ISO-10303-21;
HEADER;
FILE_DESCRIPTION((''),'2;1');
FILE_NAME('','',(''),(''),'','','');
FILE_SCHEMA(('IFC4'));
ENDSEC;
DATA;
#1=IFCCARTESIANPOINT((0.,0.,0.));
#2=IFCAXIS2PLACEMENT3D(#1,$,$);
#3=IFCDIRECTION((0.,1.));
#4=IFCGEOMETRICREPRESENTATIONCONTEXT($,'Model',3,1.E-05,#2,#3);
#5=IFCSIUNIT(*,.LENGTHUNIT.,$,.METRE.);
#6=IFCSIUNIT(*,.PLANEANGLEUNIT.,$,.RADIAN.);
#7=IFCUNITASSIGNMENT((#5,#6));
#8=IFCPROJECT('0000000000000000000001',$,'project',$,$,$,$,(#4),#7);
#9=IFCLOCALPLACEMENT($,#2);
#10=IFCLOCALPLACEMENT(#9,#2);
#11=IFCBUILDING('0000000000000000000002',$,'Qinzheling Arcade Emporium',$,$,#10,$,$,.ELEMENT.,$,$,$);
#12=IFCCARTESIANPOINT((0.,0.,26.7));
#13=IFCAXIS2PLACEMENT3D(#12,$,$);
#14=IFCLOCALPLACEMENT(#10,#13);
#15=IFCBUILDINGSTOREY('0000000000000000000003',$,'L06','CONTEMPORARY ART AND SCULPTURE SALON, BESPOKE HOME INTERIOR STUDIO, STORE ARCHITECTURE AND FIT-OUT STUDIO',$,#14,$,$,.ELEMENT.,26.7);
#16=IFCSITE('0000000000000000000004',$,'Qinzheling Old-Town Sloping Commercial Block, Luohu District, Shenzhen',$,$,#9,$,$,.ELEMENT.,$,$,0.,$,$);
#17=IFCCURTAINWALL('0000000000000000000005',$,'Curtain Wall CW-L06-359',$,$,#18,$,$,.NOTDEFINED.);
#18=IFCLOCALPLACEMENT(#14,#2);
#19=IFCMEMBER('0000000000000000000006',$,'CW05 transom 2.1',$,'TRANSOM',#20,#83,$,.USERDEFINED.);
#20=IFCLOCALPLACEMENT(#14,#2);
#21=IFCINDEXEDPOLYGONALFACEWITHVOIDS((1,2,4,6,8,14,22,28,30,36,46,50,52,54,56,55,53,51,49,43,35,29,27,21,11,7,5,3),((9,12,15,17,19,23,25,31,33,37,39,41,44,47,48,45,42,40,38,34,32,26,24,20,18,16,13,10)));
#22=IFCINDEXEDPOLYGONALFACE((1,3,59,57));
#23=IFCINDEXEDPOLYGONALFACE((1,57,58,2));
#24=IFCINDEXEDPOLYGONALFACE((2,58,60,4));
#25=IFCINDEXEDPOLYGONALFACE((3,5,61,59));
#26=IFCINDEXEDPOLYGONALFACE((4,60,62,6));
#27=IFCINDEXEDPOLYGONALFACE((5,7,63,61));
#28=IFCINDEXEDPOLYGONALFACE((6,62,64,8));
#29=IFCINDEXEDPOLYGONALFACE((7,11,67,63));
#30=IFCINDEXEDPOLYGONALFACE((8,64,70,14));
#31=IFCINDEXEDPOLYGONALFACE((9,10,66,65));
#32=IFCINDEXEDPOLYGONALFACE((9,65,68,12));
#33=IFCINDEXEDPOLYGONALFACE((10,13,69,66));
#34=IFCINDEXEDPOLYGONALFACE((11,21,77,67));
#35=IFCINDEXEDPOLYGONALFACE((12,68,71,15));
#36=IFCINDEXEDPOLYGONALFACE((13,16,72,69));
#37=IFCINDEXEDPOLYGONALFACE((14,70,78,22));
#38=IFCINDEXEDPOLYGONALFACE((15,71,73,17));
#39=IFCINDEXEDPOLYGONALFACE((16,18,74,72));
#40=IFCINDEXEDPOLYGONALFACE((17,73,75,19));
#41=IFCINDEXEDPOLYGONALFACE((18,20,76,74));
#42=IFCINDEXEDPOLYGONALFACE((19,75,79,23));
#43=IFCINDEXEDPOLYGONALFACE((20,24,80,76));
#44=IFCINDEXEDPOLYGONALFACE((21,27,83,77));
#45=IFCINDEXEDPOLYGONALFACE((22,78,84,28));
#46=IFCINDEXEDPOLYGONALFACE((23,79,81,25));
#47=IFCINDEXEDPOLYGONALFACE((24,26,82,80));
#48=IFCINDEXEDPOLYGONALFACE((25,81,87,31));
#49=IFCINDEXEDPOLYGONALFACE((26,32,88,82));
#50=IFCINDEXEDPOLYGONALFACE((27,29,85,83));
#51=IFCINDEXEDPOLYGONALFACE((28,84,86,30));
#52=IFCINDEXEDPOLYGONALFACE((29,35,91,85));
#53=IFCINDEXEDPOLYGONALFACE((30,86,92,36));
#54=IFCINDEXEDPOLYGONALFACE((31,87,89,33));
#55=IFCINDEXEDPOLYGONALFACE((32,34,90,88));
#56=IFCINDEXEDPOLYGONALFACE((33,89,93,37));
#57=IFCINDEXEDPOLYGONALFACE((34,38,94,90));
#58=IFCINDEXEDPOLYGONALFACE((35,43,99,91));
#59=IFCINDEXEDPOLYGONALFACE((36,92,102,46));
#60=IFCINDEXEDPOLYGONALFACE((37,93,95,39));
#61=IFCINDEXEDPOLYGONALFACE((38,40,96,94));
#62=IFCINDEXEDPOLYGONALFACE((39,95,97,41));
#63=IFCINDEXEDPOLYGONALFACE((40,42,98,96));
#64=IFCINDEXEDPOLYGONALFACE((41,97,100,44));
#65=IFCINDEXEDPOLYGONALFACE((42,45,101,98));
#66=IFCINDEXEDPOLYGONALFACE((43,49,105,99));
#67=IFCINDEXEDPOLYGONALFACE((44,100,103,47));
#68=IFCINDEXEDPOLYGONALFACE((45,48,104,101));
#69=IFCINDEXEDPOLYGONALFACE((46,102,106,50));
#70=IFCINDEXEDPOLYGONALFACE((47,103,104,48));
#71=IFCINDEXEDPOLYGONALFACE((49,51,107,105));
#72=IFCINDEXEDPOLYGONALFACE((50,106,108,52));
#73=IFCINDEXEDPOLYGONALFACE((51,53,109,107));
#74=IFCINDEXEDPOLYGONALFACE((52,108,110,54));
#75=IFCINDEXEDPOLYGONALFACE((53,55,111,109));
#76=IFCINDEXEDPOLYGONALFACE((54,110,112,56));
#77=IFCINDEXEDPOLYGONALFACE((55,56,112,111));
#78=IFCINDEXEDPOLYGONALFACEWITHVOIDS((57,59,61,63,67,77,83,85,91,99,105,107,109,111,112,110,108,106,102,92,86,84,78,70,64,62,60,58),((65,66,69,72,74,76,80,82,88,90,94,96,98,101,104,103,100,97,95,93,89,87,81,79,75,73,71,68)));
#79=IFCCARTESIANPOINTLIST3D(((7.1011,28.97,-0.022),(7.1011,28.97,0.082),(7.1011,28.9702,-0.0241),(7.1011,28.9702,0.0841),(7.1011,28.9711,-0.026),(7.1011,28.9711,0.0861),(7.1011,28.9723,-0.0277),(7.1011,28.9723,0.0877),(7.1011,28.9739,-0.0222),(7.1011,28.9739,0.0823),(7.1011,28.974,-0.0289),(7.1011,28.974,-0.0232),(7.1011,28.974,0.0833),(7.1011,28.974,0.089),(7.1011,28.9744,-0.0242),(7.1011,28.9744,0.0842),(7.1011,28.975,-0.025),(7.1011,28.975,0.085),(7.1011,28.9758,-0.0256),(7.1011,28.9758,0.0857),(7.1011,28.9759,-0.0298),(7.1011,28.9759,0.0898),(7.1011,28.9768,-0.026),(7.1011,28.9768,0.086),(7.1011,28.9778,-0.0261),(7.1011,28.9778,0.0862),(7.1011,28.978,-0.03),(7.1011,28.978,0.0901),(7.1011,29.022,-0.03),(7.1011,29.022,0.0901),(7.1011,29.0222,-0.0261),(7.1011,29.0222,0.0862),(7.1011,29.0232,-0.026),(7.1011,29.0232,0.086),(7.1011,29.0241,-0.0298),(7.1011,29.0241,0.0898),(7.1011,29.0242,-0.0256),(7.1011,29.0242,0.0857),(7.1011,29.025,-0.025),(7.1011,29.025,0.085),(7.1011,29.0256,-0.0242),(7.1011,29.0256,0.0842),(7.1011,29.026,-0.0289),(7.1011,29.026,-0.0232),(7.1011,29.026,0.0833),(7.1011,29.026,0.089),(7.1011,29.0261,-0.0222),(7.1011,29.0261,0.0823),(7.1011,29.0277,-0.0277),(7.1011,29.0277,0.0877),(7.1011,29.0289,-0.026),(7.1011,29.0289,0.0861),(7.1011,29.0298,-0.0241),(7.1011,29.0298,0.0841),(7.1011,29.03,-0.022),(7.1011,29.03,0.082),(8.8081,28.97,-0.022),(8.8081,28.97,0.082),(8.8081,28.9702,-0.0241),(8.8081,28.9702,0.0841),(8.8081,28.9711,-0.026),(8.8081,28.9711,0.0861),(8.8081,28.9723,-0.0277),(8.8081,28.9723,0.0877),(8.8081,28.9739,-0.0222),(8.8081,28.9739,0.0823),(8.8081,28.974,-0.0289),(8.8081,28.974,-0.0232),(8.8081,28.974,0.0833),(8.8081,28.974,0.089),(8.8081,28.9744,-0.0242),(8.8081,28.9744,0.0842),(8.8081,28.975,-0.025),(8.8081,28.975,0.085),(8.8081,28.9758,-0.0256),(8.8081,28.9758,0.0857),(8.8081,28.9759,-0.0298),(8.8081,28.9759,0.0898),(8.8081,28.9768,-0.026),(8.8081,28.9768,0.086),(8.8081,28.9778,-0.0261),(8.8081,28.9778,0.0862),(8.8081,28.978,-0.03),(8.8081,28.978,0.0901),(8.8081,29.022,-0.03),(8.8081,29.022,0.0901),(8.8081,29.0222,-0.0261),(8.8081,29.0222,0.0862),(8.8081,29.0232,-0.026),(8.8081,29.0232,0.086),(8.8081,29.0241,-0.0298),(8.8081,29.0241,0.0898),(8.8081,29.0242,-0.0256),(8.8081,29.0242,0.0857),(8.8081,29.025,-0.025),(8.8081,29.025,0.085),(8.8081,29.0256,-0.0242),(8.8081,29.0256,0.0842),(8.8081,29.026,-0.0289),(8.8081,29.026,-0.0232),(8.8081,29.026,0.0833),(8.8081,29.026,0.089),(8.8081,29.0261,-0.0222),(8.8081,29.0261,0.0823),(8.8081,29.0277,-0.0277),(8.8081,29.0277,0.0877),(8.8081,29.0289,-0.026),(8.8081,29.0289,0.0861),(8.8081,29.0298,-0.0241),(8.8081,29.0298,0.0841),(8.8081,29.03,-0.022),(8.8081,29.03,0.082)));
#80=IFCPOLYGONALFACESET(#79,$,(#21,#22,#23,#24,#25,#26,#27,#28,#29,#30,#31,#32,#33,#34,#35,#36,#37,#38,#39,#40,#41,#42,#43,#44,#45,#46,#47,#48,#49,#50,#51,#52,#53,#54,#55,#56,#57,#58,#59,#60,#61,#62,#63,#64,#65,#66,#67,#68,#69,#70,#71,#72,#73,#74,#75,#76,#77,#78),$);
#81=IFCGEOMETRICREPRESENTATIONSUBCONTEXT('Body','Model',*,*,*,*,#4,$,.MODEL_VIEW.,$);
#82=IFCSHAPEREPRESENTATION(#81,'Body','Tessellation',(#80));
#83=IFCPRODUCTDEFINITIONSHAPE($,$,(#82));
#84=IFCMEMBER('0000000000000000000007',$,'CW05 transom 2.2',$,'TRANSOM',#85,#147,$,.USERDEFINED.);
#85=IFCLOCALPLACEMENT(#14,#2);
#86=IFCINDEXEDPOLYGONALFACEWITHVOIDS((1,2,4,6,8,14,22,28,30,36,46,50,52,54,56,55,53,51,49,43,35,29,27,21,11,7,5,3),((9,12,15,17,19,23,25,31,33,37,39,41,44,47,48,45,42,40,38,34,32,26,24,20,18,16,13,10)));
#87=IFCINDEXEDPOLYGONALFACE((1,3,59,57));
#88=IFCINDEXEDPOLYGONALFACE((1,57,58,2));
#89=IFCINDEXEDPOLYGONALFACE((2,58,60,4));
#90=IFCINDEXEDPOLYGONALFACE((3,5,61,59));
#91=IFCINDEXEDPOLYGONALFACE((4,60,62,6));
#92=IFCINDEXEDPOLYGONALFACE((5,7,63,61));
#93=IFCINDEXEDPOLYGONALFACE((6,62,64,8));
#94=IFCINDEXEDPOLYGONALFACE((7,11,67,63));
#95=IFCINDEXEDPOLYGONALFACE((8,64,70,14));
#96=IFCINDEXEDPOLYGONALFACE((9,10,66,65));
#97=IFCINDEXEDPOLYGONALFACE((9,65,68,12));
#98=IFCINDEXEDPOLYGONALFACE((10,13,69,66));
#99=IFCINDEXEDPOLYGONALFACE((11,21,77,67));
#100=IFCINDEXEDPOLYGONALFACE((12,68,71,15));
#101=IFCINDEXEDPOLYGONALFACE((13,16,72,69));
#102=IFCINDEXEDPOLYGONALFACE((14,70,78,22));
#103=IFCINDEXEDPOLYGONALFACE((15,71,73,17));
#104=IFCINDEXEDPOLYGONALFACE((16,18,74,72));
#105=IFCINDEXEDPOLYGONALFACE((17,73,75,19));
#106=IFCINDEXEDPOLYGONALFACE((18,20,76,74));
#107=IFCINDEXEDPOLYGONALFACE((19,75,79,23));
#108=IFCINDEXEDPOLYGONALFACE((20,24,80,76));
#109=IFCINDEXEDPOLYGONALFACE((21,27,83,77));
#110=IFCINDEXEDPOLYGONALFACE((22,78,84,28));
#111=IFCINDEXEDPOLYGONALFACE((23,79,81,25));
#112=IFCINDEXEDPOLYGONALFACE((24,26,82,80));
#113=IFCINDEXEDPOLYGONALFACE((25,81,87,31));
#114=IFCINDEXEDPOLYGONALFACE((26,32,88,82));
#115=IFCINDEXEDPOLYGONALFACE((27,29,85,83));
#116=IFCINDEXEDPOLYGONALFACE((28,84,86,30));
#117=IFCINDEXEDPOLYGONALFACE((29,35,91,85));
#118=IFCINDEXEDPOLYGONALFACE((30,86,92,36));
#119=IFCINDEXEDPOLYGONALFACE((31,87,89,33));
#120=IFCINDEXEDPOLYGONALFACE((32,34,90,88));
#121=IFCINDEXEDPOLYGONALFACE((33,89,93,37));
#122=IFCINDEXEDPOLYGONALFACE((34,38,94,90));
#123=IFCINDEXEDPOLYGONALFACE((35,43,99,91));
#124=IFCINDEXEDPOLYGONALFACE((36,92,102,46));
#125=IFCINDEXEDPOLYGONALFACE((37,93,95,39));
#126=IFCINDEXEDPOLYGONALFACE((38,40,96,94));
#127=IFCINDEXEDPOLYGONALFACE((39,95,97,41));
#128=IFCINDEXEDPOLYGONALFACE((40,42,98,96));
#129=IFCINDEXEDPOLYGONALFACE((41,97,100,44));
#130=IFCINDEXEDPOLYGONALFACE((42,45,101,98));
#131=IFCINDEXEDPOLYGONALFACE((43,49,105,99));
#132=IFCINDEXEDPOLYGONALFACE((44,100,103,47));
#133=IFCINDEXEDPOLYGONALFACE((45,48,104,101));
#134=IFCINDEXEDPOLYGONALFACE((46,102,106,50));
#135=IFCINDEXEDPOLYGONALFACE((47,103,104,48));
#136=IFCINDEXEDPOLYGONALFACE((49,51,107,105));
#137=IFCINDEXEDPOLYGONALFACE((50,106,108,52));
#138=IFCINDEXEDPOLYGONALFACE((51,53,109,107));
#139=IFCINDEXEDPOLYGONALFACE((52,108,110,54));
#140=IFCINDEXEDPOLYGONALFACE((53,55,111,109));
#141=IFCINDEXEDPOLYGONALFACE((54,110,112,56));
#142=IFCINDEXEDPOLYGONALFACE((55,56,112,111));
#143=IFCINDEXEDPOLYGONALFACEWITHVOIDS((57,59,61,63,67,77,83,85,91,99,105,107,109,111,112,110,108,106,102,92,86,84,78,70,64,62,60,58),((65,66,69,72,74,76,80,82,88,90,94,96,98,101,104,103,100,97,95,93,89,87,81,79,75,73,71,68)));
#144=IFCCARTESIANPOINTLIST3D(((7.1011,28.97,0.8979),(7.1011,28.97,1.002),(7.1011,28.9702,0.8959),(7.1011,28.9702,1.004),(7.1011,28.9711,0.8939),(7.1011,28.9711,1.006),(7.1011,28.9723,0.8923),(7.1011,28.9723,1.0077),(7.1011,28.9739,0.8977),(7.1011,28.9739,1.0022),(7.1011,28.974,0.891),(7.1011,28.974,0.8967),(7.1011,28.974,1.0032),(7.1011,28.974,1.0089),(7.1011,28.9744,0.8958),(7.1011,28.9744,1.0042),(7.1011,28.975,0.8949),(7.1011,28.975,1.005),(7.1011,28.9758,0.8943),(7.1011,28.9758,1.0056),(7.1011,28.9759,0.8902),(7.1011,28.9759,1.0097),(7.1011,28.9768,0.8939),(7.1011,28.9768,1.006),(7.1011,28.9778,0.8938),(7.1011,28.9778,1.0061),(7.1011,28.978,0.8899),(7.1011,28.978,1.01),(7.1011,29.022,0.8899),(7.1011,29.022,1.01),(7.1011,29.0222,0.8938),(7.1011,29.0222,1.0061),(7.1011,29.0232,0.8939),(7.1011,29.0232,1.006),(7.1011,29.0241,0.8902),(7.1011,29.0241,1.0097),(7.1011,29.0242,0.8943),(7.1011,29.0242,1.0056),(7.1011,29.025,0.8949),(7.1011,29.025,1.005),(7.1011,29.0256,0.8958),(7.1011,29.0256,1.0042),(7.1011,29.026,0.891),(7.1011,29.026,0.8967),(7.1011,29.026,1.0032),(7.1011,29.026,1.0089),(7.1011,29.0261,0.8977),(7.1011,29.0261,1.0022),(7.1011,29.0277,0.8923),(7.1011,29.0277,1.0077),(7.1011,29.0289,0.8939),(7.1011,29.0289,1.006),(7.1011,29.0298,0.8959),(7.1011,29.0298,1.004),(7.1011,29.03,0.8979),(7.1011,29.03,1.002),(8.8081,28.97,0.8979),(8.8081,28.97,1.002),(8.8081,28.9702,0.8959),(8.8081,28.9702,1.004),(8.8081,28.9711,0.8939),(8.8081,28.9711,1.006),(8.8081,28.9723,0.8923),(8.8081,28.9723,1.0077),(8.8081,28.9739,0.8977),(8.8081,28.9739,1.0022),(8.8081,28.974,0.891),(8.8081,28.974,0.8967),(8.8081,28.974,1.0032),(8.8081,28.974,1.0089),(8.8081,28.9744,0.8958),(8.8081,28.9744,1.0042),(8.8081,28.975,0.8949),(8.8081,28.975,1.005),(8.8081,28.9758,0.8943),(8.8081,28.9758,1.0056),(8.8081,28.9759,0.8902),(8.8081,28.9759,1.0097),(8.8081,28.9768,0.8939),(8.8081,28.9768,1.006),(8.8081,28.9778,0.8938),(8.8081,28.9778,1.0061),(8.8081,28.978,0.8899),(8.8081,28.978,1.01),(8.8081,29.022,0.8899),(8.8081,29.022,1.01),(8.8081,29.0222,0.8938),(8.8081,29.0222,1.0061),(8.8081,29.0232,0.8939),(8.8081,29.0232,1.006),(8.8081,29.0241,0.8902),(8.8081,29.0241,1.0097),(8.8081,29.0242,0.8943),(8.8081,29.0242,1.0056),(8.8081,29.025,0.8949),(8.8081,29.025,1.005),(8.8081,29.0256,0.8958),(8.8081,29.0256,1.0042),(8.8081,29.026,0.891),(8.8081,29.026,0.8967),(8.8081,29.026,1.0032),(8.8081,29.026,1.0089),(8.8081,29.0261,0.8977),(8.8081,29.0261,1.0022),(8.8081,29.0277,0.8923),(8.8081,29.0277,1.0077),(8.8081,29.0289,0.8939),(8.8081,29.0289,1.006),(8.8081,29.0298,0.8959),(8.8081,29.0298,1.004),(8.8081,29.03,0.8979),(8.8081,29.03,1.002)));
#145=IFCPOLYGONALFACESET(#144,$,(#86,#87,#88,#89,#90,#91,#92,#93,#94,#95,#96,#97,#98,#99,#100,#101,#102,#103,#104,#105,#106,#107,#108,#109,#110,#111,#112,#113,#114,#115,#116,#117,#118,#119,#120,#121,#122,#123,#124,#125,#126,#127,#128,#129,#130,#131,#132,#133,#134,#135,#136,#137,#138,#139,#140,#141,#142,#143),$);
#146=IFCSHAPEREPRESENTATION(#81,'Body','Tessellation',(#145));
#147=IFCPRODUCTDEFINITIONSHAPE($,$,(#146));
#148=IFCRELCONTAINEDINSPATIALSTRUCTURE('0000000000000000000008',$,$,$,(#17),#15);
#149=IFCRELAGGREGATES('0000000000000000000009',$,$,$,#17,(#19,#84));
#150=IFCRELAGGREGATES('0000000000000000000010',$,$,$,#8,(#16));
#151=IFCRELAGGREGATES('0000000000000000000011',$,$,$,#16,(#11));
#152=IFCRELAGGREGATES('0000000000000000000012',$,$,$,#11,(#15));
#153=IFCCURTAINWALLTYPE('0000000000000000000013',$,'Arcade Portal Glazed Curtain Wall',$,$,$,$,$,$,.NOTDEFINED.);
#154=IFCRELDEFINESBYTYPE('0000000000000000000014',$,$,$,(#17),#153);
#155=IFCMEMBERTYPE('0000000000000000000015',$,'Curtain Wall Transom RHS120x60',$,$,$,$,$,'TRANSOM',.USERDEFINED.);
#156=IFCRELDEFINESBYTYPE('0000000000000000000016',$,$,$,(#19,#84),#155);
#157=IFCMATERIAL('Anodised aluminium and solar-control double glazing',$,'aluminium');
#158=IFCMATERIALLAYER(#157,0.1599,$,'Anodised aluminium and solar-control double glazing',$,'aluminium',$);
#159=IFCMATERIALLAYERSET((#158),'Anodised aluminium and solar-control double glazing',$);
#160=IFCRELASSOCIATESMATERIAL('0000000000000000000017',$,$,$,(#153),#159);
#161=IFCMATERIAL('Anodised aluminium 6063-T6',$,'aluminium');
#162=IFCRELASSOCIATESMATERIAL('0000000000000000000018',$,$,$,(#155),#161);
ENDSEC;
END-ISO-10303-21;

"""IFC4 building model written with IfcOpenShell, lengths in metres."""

from ifc_helpers import new_model, si_unit, direction, frame, origin, origin_2d, place, context, subcontext, project, spatial, hollow_rectangle, extrude, material, layer, layer_set, material_profile, profile_set, type_object, element, aggregate, save


model = new_model("IFC4")

# Units and contexts
model_context = context("Model", 3, precision=1e-05, world=origin(), true_north=direction((0.0, 1.0)))
body_context = subcontext(model_context, "Body", "Model", "MODEL_VIEW")
ifc_project = project(units=[si_unit("LENGTHUNIT", "METRE"), si_unit("PLANEANGLEUNIT", "RADIAN")], contexts=[model_context])

# Site, building, storey
site_placement = place(None, origin())
site = spatial("IfcSite", under=ifc_project, at=site_placement, Name="Qinzheling Old-Town Sloping Commercial Block, Luohu District, Shenzhen", CompositionType="ELEMENT", RefElevation=0.0)
building_placement = place(site_placement, origin())
building = spatial("IfcBuilding", under=site, at=building_placement, Name="Qinzheling Arcade Emporium", CompositionType="ELEMENT")
storey_placement = place(building_placement, frame((0.0, 0.0, 26.7)))
storey = spatial("IfcBuildingStorey", under=building, at=storey_placement, Name="L06", Description="CONTEMPORARY ART AND SCULPTURE SALON, BESPOKE HOME INTERIOR STUDIO, STORE ARCHITECTURE AND FIT-OUT STUDIO", CompositionType="ELEMENT", Elevation=26.7)

# Shared definitions
ifc_material_1 = material(Name="Anodised aluminium and solar-control double glazing", Category="aluminium")
ifc_material_2 = material(Name="Anodised aluminium 6063-T6", Category="aluminium")

# Curtain wall
ifc_layer_1 = layer(ifc_material_1, 0.1599, Name="Anodised aluminium and solar-control double glazing", Category="aluminium")
ifc_layer_set_1 = layer_set([ifc_layer_1], Name="Anodised aluminium and solar-control double glazing")
curtain_wall_type_1 = type_object("IfcCurtainWallType", Name="Arcade Portal Glazed Curtain Wall", PredefinedType="NOTDEFINED", material=ifc_layer_set_1)
curtain_wall_1_placement = place(storey_placement, origin())
curtain_wall_1 = element("IfcCurtainWall", 1, at=curtain_wall_1_placement, inside=storey, type_object=curtain_wall_type_1, Name="Curtain Wall CW-L06-359", PredefinedType="NOTDEFINED")

# Members
ifc_material_profile_1 = material_profile(ifc_material_2, hollow_rectangle(XDim=0.0601, YDim=0.1201, WallThickness=0.0039, InnerFilletRadius=0.0039, OuterFilletRadius=0.0081, at=origin_2d()), Name="RHS 120x60x4", Category="aluminium")
ifc_profile_set_1 = profile_set([ifc_material_profile_1], Name="Anodised aluminium 6063-T6")
member_type_1 = type_object("IfcMemberType", Name="Curtain Wall Transom RHS120x60", ElementType="TRANSOM", PredefinedType="USERDEFINED", material=ifc_profile_set_1)
member_1_placement = place(storey_placement, frame((8.8081, 29.0, 0.03), z_axis=(-1.0, 0.0, 0.0), x_axis=(0.0, -1.0, 0.0)))
member_1 = element("IfcMember", 2, at=member_1_placement, type_object=member_type_1, Name="CW05 transom 2.1", ObjectType="TRANSOM", PredefinedType="USERDEFINED", context=body_context, shape_type="SweptSolid", body=[
    extrude(hollow_rectangle(XDim=0.0601, YDim=0.1201, WallThickness=0.0039, InnerFilletRadius=0.0039, OuterFilletRadius=0.0081, at=origin_2d()), origin(), (0.0, 0.0, 1.0), 1.707),
])
member_2_placement = place(storey_placement, frame((8.8081, 29.0, 0.95), z_axis=(-1.0, 0.0, 0.0), x_axis=(0.0, -1.0, 0.0)))
member_2 = element("IfcMember", 3, at=member_2_placement, type_object=member_type_1, Name="CW05 transom 2.2", ObjectType="TRANSOM", PredefinedType="USERDEFINED", context=body_context, shape_type="SweptSolid", body=[
    extrude(hollow_rectangle(XDim=0.0601, YDim=0.1201, WallThickness=0.0039, InnerFilletRadius=0.0039, OuterFilletRadius=0.0081, at=origin_2d()), origin(), (0.0, 0.0, 1.0), 1.707),
])

aggregate(curtain_wall_1, [member_1, member_2])

save(model, "model.ifc")
